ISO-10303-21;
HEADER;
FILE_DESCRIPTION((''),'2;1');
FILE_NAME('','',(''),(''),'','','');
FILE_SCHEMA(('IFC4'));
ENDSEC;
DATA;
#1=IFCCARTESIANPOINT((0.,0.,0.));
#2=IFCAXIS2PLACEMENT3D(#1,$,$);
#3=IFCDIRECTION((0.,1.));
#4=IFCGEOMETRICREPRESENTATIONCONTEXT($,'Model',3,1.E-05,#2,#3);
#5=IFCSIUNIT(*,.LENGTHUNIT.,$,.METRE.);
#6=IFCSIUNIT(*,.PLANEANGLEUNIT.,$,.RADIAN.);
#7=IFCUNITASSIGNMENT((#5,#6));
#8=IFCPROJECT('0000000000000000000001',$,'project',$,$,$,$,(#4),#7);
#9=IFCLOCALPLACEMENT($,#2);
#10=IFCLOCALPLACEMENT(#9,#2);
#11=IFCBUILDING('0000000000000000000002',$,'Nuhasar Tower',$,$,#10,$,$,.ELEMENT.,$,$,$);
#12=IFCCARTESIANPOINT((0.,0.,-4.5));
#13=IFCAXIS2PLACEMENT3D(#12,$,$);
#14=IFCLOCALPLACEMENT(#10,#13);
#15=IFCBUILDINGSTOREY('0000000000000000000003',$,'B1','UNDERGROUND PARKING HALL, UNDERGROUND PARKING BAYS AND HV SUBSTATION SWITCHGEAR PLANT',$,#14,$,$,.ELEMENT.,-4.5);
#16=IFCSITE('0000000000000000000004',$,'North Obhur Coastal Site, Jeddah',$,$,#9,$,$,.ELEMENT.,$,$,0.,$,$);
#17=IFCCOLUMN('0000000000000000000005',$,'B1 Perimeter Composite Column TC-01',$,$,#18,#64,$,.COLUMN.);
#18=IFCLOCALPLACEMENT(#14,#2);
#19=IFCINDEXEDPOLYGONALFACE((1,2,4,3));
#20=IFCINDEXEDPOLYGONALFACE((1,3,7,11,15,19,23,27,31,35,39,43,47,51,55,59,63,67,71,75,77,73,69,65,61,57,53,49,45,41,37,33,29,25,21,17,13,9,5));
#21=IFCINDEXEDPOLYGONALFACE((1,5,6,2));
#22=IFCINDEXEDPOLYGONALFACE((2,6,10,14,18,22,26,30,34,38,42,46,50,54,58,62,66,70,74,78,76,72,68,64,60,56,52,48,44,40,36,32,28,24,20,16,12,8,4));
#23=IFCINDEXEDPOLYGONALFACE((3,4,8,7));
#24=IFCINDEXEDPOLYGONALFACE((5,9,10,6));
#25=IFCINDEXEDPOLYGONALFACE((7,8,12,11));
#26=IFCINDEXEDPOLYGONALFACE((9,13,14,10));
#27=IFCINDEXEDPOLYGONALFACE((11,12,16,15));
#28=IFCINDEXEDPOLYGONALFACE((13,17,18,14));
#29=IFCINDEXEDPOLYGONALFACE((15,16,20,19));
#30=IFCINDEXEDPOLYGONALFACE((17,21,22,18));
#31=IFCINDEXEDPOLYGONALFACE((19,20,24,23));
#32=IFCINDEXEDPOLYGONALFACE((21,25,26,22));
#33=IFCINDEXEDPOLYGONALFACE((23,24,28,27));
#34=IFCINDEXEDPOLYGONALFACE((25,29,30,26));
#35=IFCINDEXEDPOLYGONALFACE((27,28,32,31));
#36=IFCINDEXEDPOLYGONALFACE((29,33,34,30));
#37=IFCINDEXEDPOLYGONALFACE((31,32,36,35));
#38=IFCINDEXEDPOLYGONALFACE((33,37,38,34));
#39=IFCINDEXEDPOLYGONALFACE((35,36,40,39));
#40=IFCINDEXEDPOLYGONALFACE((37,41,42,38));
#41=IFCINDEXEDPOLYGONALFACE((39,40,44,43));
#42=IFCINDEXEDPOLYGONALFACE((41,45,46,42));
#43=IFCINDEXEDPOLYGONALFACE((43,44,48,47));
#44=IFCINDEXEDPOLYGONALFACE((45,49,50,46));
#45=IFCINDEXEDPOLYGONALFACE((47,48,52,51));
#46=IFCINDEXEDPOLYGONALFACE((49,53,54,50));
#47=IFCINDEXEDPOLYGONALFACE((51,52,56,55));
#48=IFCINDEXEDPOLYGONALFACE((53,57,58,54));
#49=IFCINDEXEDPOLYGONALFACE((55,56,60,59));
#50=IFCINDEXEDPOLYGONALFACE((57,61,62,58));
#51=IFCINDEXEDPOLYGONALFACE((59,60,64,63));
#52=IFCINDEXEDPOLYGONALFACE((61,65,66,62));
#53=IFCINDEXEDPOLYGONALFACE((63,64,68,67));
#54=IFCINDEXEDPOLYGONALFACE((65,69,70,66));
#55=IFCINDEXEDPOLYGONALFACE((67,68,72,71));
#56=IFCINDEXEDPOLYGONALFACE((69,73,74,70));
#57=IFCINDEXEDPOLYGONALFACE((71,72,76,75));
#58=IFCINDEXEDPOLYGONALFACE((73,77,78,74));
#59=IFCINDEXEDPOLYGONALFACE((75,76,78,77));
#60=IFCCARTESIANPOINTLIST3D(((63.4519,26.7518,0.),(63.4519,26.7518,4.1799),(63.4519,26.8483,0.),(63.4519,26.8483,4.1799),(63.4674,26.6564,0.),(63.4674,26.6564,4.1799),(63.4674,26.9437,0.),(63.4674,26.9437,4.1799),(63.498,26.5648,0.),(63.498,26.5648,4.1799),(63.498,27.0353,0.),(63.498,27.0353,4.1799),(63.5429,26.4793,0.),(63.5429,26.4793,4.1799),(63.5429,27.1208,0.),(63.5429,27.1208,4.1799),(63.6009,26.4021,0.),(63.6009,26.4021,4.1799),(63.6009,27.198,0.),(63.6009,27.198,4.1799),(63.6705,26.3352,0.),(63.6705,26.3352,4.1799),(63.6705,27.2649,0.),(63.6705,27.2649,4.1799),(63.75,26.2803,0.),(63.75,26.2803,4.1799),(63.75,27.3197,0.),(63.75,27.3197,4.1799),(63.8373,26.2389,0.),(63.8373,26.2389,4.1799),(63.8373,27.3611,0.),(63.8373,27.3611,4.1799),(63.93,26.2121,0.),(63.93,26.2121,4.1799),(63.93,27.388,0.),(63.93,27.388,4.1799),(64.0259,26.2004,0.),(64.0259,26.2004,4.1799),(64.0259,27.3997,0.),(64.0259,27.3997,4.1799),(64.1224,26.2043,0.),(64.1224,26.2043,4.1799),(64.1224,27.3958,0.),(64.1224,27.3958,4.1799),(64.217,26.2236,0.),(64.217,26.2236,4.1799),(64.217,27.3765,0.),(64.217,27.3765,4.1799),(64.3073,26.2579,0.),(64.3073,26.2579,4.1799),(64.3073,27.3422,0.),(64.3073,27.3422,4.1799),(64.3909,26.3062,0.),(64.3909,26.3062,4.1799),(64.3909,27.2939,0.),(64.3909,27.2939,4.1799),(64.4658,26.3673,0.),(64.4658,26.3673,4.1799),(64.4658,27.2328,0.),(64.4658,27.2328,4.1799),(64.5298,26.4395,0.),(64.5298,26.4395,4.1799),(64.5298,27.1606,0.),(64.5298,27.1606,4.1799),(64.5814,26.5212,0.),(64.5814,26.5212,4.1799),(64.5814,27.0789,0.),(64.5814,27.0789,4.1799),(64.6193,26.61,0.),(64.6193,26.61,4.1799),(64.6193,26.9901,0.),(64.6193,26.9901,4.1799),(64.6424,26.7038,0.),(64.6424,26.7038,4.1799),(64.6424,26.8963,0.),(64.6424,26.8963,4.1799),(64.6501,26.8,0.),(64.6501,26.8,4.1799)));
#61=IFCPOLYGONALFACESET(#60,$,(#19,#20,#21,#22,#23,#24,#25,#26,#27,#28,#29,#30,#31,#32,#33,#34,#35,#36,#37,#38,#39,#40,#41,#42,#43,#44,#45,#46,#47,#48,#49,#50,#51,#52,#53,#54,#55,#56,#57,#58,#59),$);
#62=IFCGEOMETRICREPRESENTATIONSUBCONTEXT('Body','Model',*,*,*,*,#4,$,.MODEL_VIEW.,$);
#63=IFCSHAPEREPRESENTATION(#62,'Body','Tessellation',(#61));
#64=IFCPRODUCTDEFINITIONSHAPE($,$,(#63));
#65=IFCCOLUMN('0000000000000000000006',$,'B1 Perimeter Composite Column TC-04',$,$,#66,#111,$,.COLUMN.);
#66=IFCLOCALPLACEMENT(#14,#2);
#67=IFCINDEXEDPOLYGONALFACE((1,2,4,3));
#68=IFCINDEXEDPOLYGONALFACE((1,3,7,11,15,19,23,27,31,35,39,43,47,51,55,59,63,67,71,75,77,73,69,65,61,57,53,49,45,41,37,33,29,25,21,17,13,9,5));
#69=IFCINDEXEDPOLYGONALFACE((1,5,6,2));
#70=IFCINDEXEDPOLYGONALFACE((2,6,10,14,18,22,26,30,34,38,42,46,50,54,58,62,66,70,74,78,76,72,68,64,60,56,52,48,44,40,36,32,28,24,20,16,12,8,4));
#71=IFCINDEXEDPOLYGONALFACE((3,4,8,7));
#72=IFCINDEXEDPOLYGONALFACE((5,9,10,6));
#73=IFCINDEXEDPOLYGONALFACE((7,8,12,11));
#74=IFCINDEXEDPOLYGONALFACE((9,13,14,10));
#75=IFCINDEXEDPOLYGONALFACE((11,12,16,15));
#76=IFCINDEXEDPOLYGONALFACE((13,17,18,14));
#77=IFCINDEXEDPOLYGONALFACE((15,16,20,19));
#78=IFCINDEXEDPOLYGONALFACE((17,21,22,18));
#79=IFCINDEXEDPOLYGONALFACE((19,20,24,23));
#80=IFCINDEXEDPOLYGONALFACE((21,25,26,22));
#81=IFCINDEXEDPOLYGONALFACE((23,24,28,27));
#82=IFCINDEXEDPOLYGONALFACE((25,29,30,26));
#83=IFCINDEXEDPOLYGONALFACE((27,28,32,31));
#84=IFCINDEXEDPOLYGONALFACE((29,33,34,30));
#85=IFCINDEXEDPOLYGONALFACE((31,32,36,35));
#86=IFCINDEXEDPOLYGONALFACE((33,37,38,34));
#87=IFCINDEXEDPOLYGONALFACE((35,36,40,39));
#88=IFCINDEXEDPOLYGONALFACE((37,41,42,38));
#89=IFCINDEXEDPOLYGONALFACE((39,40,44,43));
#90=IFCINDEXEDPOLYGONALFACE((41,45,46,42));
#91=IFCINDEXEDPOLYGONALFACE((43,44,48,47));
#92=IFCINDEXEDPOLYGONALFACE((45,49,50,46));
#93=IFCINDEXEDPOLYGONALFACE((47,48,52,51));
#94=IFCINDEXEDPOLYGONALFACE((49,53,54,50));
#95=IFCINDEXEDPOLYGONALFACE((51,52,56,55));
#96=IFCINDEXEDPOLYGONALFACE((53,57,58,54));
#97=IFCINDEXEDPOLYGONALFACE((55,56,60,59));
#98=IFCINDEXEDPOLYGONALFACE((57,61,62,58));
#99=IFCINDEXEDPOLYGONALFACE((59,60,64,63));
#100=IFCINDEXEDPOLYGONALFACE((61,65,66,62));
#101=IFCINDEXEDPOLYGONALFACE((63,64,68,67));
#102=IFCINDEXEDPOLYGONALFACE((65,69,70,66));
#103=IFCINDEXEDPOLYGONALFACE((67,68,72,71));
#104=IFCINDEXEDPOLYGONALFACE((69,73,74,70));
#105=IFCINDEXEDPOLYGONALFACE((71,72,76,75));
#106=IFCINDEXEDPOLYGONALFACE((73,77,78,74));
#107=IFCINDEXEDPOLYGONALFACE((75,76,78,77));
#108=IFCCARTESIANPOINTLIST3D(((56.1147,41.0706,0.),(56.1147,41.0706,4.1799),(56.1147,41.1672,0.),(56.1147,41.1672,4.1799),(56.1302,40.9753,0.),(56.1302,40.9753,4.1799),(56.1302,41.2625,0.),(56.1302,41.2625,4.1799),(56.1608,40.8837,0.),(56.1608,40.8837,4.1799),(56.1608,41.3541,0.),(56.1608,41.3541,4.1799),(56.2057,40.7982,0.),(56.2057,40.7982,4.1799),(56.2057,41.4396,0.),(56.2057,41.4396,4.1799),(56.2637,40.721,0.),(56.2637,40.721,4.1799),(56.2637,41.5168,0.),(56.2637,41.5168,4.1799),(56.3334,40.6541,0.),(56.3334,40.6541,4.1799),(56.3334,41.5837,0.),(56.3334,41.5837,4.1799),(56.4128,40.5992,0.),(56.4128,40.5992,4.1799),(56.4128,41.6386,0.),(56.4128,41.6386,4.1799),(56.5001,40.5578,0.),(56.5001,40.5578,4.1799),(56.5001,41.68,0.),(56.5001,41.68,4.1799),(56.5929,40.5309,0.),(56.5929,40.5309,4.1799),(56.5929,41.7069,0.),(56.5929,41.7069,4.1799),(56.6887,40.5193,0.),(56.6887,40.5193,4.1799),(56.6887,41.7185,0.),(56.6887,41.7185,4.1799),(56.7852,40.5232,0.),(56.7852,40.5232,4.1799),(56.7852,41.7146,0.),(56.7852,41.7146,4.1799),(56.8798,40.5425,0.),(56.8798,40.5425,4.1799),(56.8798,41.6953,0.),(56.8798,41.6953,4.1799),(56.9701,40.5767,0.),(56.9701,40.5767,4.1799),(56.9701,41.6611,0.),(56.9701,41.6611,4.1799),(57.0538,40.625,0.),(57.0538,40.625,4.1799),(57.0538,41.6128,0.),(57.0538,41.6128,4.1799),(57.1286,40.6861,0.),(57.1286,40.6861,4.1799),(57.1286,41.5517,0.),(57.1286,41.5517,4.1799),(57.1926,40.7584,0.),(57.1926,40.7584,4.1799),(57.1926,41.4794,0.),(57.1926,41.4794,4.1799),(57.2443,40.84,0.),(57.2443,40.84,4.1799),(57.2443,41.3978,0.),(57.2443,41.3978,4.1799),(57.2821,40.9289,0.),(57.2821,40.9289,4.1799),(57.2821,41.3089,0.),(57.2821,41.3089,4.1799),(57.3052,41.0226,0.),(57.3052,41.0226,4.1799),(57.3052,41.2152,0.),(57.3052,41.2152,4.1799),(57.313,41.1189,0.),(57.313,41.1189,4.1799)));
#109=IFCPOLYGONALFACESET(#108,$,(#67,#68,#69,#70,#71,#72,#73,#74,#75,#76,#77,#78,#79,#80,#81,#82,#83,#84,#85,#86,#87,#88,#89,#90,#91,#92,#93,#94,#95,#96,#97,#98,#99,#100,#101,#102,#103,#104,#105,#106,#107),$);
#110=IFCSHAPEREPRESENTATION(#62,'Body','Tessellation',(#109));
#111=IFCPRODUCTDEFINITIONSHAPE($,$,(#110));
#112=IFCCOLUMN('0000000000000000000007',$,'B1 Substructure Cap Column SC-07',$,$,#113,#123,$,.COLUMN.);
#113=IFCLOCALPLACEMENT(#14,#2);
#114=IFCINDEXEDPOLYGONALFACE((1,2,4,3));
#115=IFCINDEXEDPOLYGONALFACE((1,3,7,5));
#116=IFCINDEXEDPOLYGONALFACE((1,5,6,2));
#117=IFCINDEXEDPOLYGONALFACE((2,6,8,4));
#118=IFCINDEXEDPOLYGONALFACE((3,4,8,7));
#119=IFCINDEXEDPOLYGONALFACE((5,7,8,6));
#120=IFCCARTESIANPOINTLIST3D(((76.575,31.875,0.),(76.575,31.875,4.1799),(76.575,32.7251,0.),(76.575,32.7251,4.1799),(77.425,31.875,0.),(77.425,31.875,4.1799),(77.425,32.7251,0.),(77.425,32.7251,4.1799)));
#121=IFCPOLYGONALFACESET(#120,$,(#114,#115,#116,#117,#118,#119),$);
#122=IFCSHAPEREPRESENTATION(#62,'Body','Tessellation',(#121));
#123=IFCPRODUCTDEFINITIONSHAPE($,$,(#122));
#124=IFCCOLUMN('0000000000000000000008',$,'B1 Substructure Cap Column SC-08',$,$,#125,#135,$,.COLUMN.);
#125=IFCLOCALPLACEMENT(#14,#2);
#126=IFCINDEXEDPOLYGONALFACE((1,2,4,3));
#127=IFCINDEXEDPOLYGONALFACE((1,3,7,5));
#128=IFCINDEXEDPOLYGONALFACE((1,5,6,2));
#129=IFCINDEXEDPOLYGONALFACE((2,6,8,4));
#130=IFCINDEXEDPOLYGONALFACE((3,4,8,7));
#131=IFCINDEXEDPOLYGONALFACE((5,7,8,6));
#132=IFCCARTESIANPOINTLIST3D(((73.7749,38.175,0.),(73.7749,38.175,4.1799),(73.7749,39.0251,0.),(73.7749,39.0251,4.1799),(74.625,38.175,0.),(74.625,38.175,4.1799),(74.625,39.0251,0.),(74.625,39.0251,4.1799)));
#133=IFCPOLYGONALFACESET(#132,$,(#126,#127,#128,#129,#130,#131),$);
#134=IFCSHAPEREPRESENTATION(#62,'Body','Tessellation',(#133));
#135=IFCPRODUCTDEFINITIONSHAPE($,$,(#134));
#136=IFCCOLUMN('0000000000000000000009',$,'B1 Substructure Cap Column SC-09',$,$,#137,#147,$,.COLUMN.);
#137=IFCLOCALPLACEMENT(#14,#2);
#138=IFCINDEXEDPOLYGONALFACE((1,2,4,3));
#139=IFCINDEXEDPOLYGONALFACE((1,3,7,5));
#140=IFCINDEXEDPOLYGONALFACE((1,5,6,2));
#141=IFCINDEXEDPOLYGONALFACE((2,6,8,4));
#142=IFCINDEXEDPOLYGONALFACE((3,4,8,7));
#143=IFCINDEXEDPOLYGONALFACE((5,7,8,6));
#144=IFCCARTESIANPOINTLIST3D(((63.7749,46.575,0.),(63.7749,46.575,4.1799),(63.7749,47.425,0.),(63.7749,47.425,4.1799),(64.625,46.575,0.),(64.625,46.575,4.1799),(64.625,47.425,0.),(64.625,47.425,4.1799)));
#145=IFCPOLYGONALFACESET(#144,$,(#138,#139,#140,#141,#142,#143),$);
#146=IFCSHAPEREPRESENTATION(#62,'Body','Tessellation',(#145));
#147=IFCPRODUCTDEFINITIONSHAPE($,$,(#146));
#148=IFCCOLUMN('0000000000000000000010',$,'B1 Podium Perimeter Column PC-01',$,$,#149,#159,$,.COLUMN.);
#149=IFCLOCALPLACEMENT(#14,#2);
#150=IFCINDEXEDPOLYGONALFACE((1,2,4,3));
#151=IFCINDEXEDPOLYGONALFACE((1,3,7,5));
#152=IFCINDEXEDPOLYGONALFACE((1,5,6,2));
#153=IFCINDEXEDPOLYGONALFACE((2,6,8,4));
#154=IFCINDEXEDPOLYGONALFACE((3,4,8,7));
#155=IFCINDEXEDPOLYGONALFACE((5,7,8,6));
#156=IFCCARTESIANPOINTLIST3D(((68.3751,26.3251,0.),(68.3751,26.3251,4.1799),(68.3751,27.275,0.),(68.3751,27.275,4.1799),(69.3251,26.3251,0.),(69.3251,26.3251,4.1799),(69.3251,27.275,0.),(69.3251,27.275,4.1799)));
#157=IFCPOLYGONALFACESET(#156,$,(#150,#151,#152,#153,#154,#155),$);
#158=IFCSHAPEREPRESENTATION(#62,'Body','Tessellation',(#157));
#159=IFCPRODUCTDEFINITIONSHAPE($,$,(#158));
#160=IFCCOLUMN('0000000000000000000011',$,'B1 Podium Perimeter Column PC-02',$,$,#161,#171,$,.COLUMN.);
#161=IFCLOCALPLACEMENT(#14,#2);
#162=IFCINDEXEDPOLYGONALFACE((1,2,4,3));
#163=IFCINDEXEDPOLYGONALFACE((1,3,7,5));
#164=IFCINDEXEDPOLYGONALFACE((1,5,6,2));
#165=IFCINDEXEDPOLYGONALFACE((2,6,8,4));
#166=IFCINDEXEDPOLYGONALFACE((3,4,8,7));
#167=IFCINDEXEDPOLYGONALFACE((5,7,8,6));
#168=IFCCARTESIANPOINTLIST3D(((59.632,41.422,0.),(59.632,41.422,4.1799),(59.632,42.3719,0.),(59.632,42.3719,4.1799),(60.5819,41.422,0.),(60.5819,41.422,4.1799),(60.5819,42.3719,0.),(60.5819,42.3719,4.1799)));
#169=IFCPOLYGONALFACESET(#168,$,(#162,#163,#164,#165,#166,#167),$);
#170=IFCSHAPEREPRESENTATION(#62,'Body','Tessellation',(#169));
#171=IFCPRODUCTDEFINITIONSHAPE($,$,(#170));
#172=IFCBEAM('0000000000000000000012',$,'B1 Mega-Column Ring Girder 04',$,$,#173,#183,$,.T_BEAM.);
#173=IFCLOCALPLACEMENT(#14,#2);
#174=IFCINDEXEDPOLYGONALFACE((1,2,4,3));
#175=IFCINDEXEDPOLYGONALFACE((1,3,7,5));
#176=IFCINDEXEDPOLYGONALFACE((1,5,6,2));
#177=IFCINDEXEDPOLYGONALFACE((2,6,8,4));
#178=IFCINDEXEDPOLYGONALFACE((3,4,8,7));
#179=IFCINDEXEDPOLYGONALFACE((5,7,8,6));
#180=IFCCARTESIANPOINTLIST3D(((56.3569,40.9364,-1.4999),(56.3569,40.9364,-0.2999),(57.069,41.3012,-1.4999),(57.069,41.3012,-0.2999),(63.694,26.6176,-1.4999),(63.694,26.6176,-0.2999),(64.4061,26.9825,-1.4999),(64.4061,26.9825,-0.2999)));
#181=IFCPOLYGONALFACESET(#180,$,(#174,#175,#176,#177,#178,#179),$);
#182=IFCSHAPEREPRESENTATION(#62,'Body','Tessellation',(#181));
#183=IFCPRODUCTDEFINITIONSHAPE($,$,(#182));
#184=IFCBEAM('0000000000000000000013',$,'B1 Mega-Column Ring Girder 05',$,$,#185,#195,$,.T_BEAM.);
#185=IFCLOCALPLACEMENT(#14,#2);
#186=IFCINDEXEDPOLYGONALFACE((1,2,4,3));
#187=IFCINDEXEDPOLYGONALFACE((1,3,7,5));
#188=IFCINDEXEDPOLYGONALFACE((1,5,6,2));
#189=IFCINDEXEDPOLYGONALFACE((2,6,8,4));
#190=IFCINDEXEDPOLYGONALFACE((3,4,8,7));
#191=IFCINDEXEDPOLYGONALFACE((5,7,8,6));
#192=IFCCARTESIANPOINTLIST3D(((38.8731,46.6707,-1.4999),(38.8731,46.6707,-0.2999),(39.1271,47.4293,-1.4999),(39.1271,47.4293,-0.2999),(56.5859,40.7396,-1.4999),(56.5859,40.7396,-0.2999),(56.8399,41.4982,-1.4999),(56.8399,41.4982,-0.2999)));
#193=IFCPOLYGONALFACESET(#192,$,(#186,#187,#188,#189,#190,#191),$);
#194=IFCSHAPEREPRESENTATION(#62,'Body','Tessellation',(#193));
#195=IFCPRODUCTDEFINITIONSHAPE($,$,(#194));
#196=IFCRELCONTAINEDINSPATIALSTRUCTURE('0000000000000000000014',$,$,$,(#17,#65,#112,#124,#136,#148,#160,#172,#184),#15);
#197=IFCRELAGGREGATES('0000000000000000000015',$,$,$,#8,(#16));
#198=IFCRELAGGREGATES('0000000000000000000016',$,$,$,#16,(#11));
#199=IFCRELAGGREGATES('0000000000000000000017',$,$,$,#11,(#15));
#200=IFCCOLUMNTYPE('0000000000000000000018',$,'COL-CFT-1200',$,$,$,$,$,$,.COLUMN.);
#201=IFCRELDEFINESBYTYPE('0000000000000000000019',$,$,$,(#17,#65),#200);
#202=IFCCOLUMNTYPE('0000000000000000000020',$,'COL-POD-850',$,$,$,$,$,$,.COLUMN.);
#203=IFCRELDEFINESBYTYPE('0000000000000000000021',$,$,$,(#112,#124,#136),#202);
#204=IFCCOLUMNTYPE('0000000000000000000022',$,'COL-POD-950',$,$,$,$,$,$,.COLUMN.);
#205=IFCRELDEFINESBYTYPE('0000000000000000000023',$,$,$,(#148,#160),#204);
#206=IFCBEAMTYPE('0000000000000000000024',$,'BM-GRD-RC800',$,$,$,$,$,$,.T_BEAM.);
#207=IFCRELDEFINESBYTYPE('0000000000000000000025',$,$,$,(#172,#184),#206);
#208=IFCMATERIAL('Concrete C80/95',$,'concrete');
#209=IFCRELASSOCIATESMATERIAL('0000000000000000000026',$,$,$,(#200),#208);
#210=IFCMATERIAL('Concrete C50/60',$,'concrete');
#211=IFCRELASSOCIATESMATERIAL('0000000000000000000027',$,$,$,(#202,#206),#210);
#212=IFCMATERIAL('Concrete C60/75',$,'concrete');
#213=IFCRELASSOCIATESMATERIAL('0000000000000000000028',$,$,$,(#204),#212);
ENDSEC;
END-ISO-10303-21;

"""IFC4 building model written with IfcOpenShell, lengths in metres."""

from ifc_helpers import new_model, si_unit, direction, frame, origin, origin_2d, place, context, subcontext, project, spatial, rectangle, circle, extrude, material, material_profile, profile_set, type_object, element, save


model = new_model("IFC4")

# Units and contexts
model_context = context("Model", 3, precision=1e-05, world=origin(), true_north=direction((0.0, 1.0)))
body_context = subcontext(model_context, "Body", "Model", "MODEL_VIEW")
ifc_project = project(units=[si_unit("LENGTHUNIT", "METRE"), si_unit("PLANEANGLEUNIT", "RADIAN")], contexts=[model_context])

# Site, building, storey
site_placement = place(None, origin())
site = spatial("IfcSite", under=ifc_project, at=site_placement, Name="North Obhur Coastal Site, Jeddah", CompositionType="ELEMENT", RefElevation=0.0)
building_placement = place(site_placement, origin())
building = spatial("IfcBuilding", under=site, at=building_placement, Name="Nuhasar Tower", CompositionType="ELEMENT")
storey_placement = place(building_placement, frame((0.0, 0.0, -4.5)))
storey = spatial("IfcBuildingStorey", under=building, at=storey_placement, Name="B1", Description="UNDERGROUND PARKING HALL, UNDERGROUND PARKING BAYS AND HV SUBSTATION SWITCHGEAR PLANT", CompositionType="ELEMENT", Elevation=-4.5)

# Columns
ifc_material_1 = material(Name="Concrete C80/95", Category="concrete")
ifc_material_profile_1 = material_profile(ifc_material_1, circle(Radius=0.6001, at=origin_2d()), Name="CFT1200")
ifc_profile_set_1 = profile_set([ifc_material_profile_1], Name="Concrete C80/95")
column_type_1 = type_object("IfcColumnType", Name="COL-CFT-1200", PredefinedType="COLUMN", material=ifc_profile_set_1)
for number, where, z_axis, x_axis, name in (
    (1, (64.05, 26.8, 0.0), (0.0, 0.0, 1.0), (1.0, 0.0, 0.0), "B1 Perimeter Composite Column TC-01"),
    (2, (56.7129, 41.1189, 0.0), (0.0, 0.0, 1.0), (1.0, 0.0, 0.0), "B1 Perimeter Composite Column TC-04"),
):
    element("IfcColumn", number, at=place(storey_placement, frame(where, z_axis=z_axis, x_axis=x_axis)), inside=storey, type_object=column_type_1, Name=name, PredefinedType="COLUMN", context=body_context, shape_type="SweptSolid", body=[
        extrude(circle(Radius=0.6001, at=origin_2d()), origin(), (0.0, 0.0, 1.0), 4.1799),
    ])
ifc_material_2 = material(Name="Concrete C50/60", Category="concrete")
ifc_material_profile_2 = material_profile(ifc_material_2, rectangle(XDim=0.8501, YDim=0.8501, at=origin_2d()), Name="RC850X850")
ifc_profile_set_2 = profile_set([ifc_material_profile_2], Name="Concrete C50/60")
column_type_2 = type_object("IfcColumnType", Name="COL-POD-850", PredefinedType="COLUMN", material=ifc_profile_set_2)
for number, where, z_axis, x_axis, name in (
    (3, (77.0, 32.3, 0.0), (0.0, 0.0, 1.0), (1.0, 0.0, 0.0), "B1 Substructure Cap Column SC-07"),
    (4, (74.2, 38.6001, 0.0), (0.0, 0.0, 1.0), (1.0, 0.0, 0.0), "B1 Substructure Cap Column SC-08"),
    (5, (64.2, 47.0, 0.0), (0.0, 0.0, 1.0), (1.0, 0.0, 0.0), "B1 Substructure Cap Column SC-09"),
):
    element("IfcColumn", number, at=place(storey_placement, frame(where, z_axis=z_axis, x_axis=x_axis)), inside=storey, type_object=column_type_2, Name=name, PredefinedType="COLUMN", context=body_context, shape_type="SweptSolid", body=[
        extrude(rectangle(XDim=0.8501, YDim=0.8501, at=origin_2d()), origin(), (0.0, 0.0, 1.0), 4.1799),
    ])
ifc_material_3 = material(Name="Concrete C60/75", Category="concrete")
ifc_material_profile_3 = material_profile(ifc_material_3, rectangle(XDim=0.95, YDim=0.95, at=origin_2d()), Name="RC950X950")
ifc_profile_set_3 = profile_set([ifc_material_profile_3], Name="Concrete C60/75")
column_type_3 = type_object("IfcColumnType", Name="COL-POD-950", PredefinedType="COLUMN", material=ifc_profile_set_3)
for number, where, z_axis, x_axis, name in (
    (6, (68.8501, 26.8, 0.0), (0.0, 0.0, 1.0), (1.0, 0.0, 0.0), "B1 Podium Perimeter Column PC-01"),
    (7, (60.1069, 41.897, 0.0), (0.0, 0.0, 1.0), (1.0, 0.0, 0.0), "B1 Podium Perimeter Column PC-02"),
):
    element("IfcColumn", number, at=place(storey_placement, frame(where, z_axis=z_axis, x_axis=x_axis)), inside=storey, type_object=column_type_3, Name=name, PredefinedType="COLUMN", context=body_context, shape_type="SweptSolid", body=[
        extrude(rectangle(XDim=0.95, YDim=0.95, at=origin_2d()), origin(), (0.0, 0.0, 1.0), 4.1799),
    ])

# Beams
ifc_material_profile_4 = material_profile(ifc_material_2, rectangle(XDim=0.8, YDim=1.2, at=origin_2d()), Name="RC800X1200")
ifc_profile_set_4 = profile_set([ifc_material_profile_4], Name="Concrete C50/60")
beam_type_1 = type_object("IfcBeamType", Name="BM-GRD-RC800", PredefinedType="T_BEAM", material=ifc_profile_set_4)
beam_1_placement = place(storey_placement, frame((64.05, 26.8, -0.8999), z_axis=(-0.456029, 0.889965, 0.0), x_axis=(-0.889965, -0.456029, 0.0)))
element("IfcBeam", 8, at=beam_1_placement, inside=storey, type_object=beam_type_1, Name="B1 Mega-Column Ring Girder 04", PredefinedType="T_BEAM", context=body_context, shape_type="SweptSolid", body=[
    extrude(rectangle(XDim=0.8, YDim=1.2, at=origin_2d()), origin(), (0.0, 0.0, 1.0), 16.0891),
])
beam_2_placement = place(storey_placement, frame((56.7129, 41.1189, -0.8999), z_axis=(-0.948251, 0.317521, 0.0), x_axis=(-0.317521, -0.948251, 0.0)))
element("IfcBeam", 9, at=beam_2_placement, inside=storey, type_object=beam_type_1, Name="B1 Mega-Column Ring Girder 05", PredefinedType="T_BEAM", context=body_context, shape_type="SweptSolid", body=[
    extrude(rectangle(XDim=0.8, YDim=1.2, at=origin_2d()), origin(), (0.0, 0.0, 1.0), 18.6794),
])

save(model, "model.ifc")
